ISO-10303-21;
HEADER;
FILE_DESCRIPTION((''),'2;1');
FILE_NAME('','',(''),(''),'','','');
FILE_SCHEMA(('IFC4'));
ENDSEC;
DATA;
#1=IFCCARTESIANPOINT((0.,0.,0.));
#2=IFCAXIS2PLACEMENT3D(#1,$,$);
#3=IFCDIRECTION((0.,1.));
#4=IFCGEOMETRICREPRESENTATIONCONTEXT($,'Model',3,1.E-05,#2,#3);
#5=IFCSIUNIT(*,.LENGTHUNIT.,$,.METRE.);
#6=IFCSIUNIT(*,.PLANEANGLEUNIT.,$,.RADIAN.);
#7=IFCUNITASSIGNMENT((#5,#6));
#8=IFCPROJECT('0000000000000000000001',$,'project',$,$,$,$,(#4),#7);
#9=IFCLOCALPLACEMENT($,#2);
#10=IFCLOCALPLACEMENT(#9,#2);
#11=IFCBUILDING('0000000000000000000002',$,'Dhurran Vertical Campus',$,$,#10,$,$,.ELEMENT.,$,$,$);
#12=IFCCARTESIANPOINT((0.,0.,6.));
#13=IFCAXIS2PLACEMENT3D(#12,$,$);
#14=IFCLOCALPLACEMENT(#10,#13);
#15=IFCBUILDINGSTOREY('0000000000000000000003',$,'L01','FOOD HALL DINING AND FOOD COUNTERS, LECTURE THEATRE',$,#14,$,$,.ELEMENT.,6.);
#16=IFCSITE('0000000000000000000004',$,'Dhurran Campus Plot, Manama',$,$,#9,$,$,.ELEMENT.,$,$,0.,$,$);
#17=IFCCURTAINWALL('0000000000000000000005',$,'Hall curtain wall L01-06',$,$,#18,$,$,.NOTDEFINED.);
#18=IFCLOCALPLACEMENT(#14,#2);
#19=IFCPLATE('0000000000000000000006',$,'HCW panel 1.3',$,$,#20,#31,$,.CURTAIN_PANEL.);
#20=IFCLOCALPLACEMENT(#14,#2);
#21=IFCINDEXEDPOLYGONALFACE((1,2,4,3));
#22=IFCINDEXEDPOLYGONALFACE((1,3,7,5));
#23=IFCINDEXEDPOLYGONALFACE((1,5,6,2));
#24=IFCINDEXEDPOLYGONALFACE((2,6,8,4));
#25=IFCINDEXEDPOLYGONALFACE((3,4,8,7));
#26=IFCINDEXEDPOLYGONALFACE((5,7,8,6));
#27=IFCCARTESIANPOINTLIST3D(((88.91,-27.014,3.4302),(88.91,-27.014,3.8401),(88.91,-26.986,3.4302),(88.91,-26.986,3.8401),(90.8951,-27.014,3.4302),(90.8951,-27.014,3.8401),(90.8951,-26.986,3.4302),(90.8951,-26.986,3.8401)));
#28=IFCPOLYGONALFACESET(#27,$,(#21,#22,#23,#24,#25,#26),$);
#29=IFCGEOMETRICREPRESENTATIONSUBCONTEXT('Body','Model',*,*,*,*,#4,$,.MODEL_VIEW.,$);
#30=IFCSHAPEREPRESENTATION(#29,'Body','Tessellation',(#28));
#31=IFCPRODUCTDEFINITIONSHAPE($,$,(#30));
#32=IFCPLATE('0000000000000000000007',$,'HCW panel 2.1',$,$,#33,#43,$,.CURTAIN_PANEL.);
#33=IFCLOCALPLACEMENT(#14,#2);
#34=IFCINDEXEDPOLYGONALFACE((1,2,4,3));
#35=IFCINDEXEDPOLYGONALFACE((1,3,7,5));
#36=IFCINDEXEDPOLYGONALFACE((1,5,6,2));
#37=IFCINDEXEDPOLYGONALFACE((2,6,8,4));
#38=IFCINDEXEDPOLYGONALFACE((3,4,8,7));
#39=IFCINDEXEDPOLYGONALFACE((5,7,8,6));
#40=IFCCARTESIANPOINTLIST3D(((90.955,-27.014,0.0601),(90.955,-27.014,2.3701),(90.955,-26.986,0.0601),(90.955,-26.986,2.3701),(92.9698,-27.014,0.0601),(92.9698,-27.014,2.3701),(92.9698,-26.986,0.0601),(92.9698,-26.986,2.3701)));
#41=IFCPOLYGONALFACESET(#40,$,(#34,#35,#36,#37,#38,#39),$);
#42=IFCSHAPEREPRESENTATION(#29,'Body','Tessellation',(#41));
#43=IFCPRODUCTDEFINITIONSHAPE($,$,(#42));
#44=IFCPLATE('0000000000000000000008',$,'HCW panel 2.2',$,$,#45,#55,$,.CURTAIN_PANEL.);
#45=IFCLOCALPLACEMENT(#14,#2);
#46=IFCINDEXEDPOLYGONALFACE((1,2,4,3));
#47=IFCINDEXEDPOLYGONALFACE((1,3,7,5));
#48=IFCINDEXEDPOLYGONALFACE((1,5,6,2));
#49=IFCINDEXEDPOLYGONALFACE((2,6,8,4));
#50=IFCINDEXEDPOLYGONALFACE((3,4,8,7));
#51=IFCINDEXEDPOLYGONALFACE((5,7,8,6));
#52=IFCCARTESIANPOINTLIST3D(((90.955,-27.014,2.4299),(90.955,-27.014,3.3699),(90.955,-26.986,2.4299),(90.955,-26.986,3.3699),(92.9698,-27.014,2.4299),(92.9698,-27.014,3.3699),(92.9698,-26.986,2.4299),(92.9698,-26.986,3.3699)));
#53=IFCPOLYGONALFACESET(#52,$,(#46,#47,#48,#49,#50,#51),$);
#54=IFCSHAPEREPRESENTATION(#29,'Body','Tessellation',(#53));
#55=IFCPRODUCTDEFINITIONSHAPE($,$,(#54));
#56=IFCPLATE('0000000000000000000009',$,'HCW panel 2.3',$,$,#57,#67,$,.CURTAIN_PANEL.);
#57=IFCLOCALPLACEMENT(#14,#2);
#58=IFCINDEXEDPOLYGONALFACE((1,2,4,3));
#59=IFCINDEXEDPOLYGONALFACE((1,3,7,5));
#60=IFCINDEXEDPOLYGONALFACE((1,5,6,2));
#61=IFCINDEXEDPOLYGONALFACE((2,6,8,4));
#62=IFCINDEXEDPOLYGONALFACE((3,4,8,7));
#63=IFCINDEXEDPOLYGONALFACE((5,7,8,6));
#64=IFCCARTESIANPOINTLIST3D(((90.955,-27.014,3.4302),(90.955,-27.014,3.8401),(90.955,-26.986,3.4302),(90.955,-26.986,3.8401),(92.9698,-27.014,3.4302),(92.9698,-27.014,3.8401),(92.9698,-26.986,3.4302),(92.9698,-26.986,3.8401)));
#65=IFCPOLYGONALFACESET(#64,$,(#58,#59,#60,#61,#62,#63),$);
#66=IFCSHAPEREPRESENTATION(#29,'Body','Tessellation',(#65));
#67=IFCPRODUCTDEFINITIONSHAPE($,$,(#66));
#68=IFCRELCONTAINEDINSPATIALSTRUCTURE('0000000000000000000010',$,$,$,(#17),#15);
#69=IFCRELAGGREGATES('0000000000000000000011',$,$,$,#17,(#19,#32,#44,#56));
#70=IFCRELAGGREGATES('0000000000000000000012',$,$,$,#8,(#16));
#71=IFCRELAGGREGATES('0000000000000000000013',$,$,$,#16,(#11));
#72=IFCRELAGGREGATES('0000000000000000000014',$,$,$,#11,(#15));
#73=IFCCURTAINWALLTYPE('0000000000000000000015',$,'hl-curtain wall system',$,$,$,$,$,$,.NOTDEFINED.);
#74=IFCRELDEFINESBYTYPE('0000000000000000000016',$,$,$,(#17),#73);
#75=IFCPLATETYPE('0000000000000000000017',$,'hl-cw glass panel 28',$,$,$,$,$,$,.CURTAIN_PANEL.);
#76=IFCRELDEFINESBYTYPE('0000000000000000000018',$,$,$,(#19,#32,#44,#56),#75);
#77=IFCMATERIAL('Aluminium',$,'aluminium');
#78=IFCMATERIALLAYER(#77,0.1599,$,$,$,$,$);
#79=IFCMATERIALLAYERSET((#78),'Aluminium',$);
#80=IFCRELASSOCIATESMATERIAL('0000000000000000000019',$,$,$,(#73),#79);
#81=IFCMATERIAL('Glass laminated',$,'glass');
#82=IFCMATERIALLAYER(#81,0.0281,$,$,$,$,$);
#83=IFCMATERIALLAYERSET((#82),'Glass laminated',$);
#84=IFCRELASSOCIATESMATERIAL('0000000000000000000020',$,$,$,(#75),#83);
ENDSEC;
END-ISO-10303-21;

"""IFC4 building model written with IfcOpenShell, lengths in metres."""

from ifc_helpers import new_model, si_unit, direction, frame, origin, origin_2d, place, context, subcontext, project, spatial, rectangle, extrude, material, layer, layer_set, type_object, element, aggregate, save


model = new_model("IFC4")

# Units and contexts
model_context = context("Model", 3, precision=1e-05, world=origin(), true_north=direction((0.0, 1.0)))
body_context = subcontext(model_context, "Body", "Model", "MODEL_VIEW")
ifc_project = project(units=[si_unit("LENGTHUNIT", "METRE"), si_unit("PLANEANGLEUNIT", "RADIAN")], contexts=[model_context])

# Site, building, storey
site_placement = place(None, origin())
site = spatial("IfcSite", under=ifc_project, at=site_placement, Name="Dhurran Campus Plot, Manama", CompositionType="ELEMENT", RefElevation=0.0)
building_placement = place(site_placement, origin())
building = spatial("IfcBuilding", under=site, at=building_placement, Name="Dhurran Vertical Campus", CompositionType="ELEMENT")
storey_placement = place(building_placement, frame((0.0, 0.0, 6.0)))
storey = spatial("IfcBuildingStorey", under=building, at=storey_placement, Name="L01", Description="FOOD HALL DINING AND FOOD COUNTERS, LECTURE THEATRE", CompositionType="ELEMENT", Elevation=6.0)

# Curtain wall
ifc_material_1 = material(Name="Aluminium", Category="aluminium")
ifc_layer_1 = layer(ifc_material_1, 0.1599)
ifc_layer_set_1 = layer_set([ifc_layer_1], Name="Aluminium")
curtain_wall_type = type_object("IfcCurtainWallType", Name="hl-curtain wall system", PredefinedType="NOTDEFINED", material=ifc_layer_set_1)
curtain_wall_1_placement = place(storey_placement, origin())
curtain_wall_1 = element("IfcCurtainWall", 1, at=curtain_wall_1_placement, inside=storey, type_object=curtain_wall_type, Name="Hall curtain wall L01-06", PredefinedType="NOTDEFINED")

# Plates
ifc_material_2 = material(Name="Glass laminated", Category="glass")
ifc_layer_2 = layer(ifc_material_2, 0.0281)
ifc_layer_set_2 = layer_set([ifc_layer_2], Name="Glass laminated")
plate_type = type_object("IfcPlateType", Name="hl-cw glass panel 28", PredefinedType="CURTAIN_PANEL", material=ifc_layer_set_2)
plate_1_placement = place(storey_placement, frame((89.9026, -27.0, 3.4302), z_axis=(0.0, 0.0, 1.0), x_axis=(1.0, 0.0, 0.0)))
plate_1 = element("IfcPlate", 2, at=plate_1_placement, type_object=plate_type, Name="HCW panel 1.3", PredefinedType="CURTAIN_PANEL", context=body_context, shape_type="SweptSolid", body=[
    extrude(rectangle(XDim=1.9851, YDim=0.0281, at=origin_2d()), origin(), (0.0, 0.0, 1.0), 0.4099),
])
plate_2_placement = place(storey_placement, frame((91.9624, -27.0, 0.0601), z_axis=(0.0, 0.0, 1.0), x_axis=(1.0, 0.0, 0.0)))
plate_2 = element("IfcPlate", 3, at=plate_2_placement, type_object=plate_type, Name="HCW panel 2.1", PredefinedType="CURTAIN_PANEL", context=body_context, shape_type="SweptSolid", body=[
    extrude(rectangle(XDim=2.0149, YDim=0.0281, at=origin_2d()), origin(), (0.0, 0.0, 1.0), 2.3101),
])
plate_3_placement = place(storey_placement, frame((91.9624, -27.0, 2.4299), z_axis=(0.0, 0.0, 1.0), x_axis=(1.0, 0.0, 0.0)))
plate_3 = element("IfcPlate", 4, at=plate_3_placement, type_object=plate_type, Name="HCW panel 2.2", PredefinedType="CURTAIN_PANEL", context=body_context, shape_type="SweptSolid", body=[
    extrude(rectangle(XDim=2.0149, YDim=0.0281, at=origin_2d()), origin(), (0.0, 0.0, 1.0), 0.9399),
])
plate_4_placement = place(storey_placement, frame((91.9624, -27.0, 3.4302), z_axis=(0.0, 0.0, 1.0), x_axis=(1.0, 0.0, 0.0)))
plate_4 = element("IfcPlate", 5, at=plate_4_placement, type_object=plate_type, Name="HCW panel 2.3", PredefinedType="CURTAIN_PANEL", context=body_context, shape_type="SweptSolid", body=[
    extrude(rectangle(XDim=2.0149, YDim=0.0281, at=origin_2d()), origin(), (0.0, 0.0, 1.0), 0.4099),
])
aggregate(curtain_wall_1, [plate_1, plate_2, plate_3, plate_4])

save(model, "model.ifc")
